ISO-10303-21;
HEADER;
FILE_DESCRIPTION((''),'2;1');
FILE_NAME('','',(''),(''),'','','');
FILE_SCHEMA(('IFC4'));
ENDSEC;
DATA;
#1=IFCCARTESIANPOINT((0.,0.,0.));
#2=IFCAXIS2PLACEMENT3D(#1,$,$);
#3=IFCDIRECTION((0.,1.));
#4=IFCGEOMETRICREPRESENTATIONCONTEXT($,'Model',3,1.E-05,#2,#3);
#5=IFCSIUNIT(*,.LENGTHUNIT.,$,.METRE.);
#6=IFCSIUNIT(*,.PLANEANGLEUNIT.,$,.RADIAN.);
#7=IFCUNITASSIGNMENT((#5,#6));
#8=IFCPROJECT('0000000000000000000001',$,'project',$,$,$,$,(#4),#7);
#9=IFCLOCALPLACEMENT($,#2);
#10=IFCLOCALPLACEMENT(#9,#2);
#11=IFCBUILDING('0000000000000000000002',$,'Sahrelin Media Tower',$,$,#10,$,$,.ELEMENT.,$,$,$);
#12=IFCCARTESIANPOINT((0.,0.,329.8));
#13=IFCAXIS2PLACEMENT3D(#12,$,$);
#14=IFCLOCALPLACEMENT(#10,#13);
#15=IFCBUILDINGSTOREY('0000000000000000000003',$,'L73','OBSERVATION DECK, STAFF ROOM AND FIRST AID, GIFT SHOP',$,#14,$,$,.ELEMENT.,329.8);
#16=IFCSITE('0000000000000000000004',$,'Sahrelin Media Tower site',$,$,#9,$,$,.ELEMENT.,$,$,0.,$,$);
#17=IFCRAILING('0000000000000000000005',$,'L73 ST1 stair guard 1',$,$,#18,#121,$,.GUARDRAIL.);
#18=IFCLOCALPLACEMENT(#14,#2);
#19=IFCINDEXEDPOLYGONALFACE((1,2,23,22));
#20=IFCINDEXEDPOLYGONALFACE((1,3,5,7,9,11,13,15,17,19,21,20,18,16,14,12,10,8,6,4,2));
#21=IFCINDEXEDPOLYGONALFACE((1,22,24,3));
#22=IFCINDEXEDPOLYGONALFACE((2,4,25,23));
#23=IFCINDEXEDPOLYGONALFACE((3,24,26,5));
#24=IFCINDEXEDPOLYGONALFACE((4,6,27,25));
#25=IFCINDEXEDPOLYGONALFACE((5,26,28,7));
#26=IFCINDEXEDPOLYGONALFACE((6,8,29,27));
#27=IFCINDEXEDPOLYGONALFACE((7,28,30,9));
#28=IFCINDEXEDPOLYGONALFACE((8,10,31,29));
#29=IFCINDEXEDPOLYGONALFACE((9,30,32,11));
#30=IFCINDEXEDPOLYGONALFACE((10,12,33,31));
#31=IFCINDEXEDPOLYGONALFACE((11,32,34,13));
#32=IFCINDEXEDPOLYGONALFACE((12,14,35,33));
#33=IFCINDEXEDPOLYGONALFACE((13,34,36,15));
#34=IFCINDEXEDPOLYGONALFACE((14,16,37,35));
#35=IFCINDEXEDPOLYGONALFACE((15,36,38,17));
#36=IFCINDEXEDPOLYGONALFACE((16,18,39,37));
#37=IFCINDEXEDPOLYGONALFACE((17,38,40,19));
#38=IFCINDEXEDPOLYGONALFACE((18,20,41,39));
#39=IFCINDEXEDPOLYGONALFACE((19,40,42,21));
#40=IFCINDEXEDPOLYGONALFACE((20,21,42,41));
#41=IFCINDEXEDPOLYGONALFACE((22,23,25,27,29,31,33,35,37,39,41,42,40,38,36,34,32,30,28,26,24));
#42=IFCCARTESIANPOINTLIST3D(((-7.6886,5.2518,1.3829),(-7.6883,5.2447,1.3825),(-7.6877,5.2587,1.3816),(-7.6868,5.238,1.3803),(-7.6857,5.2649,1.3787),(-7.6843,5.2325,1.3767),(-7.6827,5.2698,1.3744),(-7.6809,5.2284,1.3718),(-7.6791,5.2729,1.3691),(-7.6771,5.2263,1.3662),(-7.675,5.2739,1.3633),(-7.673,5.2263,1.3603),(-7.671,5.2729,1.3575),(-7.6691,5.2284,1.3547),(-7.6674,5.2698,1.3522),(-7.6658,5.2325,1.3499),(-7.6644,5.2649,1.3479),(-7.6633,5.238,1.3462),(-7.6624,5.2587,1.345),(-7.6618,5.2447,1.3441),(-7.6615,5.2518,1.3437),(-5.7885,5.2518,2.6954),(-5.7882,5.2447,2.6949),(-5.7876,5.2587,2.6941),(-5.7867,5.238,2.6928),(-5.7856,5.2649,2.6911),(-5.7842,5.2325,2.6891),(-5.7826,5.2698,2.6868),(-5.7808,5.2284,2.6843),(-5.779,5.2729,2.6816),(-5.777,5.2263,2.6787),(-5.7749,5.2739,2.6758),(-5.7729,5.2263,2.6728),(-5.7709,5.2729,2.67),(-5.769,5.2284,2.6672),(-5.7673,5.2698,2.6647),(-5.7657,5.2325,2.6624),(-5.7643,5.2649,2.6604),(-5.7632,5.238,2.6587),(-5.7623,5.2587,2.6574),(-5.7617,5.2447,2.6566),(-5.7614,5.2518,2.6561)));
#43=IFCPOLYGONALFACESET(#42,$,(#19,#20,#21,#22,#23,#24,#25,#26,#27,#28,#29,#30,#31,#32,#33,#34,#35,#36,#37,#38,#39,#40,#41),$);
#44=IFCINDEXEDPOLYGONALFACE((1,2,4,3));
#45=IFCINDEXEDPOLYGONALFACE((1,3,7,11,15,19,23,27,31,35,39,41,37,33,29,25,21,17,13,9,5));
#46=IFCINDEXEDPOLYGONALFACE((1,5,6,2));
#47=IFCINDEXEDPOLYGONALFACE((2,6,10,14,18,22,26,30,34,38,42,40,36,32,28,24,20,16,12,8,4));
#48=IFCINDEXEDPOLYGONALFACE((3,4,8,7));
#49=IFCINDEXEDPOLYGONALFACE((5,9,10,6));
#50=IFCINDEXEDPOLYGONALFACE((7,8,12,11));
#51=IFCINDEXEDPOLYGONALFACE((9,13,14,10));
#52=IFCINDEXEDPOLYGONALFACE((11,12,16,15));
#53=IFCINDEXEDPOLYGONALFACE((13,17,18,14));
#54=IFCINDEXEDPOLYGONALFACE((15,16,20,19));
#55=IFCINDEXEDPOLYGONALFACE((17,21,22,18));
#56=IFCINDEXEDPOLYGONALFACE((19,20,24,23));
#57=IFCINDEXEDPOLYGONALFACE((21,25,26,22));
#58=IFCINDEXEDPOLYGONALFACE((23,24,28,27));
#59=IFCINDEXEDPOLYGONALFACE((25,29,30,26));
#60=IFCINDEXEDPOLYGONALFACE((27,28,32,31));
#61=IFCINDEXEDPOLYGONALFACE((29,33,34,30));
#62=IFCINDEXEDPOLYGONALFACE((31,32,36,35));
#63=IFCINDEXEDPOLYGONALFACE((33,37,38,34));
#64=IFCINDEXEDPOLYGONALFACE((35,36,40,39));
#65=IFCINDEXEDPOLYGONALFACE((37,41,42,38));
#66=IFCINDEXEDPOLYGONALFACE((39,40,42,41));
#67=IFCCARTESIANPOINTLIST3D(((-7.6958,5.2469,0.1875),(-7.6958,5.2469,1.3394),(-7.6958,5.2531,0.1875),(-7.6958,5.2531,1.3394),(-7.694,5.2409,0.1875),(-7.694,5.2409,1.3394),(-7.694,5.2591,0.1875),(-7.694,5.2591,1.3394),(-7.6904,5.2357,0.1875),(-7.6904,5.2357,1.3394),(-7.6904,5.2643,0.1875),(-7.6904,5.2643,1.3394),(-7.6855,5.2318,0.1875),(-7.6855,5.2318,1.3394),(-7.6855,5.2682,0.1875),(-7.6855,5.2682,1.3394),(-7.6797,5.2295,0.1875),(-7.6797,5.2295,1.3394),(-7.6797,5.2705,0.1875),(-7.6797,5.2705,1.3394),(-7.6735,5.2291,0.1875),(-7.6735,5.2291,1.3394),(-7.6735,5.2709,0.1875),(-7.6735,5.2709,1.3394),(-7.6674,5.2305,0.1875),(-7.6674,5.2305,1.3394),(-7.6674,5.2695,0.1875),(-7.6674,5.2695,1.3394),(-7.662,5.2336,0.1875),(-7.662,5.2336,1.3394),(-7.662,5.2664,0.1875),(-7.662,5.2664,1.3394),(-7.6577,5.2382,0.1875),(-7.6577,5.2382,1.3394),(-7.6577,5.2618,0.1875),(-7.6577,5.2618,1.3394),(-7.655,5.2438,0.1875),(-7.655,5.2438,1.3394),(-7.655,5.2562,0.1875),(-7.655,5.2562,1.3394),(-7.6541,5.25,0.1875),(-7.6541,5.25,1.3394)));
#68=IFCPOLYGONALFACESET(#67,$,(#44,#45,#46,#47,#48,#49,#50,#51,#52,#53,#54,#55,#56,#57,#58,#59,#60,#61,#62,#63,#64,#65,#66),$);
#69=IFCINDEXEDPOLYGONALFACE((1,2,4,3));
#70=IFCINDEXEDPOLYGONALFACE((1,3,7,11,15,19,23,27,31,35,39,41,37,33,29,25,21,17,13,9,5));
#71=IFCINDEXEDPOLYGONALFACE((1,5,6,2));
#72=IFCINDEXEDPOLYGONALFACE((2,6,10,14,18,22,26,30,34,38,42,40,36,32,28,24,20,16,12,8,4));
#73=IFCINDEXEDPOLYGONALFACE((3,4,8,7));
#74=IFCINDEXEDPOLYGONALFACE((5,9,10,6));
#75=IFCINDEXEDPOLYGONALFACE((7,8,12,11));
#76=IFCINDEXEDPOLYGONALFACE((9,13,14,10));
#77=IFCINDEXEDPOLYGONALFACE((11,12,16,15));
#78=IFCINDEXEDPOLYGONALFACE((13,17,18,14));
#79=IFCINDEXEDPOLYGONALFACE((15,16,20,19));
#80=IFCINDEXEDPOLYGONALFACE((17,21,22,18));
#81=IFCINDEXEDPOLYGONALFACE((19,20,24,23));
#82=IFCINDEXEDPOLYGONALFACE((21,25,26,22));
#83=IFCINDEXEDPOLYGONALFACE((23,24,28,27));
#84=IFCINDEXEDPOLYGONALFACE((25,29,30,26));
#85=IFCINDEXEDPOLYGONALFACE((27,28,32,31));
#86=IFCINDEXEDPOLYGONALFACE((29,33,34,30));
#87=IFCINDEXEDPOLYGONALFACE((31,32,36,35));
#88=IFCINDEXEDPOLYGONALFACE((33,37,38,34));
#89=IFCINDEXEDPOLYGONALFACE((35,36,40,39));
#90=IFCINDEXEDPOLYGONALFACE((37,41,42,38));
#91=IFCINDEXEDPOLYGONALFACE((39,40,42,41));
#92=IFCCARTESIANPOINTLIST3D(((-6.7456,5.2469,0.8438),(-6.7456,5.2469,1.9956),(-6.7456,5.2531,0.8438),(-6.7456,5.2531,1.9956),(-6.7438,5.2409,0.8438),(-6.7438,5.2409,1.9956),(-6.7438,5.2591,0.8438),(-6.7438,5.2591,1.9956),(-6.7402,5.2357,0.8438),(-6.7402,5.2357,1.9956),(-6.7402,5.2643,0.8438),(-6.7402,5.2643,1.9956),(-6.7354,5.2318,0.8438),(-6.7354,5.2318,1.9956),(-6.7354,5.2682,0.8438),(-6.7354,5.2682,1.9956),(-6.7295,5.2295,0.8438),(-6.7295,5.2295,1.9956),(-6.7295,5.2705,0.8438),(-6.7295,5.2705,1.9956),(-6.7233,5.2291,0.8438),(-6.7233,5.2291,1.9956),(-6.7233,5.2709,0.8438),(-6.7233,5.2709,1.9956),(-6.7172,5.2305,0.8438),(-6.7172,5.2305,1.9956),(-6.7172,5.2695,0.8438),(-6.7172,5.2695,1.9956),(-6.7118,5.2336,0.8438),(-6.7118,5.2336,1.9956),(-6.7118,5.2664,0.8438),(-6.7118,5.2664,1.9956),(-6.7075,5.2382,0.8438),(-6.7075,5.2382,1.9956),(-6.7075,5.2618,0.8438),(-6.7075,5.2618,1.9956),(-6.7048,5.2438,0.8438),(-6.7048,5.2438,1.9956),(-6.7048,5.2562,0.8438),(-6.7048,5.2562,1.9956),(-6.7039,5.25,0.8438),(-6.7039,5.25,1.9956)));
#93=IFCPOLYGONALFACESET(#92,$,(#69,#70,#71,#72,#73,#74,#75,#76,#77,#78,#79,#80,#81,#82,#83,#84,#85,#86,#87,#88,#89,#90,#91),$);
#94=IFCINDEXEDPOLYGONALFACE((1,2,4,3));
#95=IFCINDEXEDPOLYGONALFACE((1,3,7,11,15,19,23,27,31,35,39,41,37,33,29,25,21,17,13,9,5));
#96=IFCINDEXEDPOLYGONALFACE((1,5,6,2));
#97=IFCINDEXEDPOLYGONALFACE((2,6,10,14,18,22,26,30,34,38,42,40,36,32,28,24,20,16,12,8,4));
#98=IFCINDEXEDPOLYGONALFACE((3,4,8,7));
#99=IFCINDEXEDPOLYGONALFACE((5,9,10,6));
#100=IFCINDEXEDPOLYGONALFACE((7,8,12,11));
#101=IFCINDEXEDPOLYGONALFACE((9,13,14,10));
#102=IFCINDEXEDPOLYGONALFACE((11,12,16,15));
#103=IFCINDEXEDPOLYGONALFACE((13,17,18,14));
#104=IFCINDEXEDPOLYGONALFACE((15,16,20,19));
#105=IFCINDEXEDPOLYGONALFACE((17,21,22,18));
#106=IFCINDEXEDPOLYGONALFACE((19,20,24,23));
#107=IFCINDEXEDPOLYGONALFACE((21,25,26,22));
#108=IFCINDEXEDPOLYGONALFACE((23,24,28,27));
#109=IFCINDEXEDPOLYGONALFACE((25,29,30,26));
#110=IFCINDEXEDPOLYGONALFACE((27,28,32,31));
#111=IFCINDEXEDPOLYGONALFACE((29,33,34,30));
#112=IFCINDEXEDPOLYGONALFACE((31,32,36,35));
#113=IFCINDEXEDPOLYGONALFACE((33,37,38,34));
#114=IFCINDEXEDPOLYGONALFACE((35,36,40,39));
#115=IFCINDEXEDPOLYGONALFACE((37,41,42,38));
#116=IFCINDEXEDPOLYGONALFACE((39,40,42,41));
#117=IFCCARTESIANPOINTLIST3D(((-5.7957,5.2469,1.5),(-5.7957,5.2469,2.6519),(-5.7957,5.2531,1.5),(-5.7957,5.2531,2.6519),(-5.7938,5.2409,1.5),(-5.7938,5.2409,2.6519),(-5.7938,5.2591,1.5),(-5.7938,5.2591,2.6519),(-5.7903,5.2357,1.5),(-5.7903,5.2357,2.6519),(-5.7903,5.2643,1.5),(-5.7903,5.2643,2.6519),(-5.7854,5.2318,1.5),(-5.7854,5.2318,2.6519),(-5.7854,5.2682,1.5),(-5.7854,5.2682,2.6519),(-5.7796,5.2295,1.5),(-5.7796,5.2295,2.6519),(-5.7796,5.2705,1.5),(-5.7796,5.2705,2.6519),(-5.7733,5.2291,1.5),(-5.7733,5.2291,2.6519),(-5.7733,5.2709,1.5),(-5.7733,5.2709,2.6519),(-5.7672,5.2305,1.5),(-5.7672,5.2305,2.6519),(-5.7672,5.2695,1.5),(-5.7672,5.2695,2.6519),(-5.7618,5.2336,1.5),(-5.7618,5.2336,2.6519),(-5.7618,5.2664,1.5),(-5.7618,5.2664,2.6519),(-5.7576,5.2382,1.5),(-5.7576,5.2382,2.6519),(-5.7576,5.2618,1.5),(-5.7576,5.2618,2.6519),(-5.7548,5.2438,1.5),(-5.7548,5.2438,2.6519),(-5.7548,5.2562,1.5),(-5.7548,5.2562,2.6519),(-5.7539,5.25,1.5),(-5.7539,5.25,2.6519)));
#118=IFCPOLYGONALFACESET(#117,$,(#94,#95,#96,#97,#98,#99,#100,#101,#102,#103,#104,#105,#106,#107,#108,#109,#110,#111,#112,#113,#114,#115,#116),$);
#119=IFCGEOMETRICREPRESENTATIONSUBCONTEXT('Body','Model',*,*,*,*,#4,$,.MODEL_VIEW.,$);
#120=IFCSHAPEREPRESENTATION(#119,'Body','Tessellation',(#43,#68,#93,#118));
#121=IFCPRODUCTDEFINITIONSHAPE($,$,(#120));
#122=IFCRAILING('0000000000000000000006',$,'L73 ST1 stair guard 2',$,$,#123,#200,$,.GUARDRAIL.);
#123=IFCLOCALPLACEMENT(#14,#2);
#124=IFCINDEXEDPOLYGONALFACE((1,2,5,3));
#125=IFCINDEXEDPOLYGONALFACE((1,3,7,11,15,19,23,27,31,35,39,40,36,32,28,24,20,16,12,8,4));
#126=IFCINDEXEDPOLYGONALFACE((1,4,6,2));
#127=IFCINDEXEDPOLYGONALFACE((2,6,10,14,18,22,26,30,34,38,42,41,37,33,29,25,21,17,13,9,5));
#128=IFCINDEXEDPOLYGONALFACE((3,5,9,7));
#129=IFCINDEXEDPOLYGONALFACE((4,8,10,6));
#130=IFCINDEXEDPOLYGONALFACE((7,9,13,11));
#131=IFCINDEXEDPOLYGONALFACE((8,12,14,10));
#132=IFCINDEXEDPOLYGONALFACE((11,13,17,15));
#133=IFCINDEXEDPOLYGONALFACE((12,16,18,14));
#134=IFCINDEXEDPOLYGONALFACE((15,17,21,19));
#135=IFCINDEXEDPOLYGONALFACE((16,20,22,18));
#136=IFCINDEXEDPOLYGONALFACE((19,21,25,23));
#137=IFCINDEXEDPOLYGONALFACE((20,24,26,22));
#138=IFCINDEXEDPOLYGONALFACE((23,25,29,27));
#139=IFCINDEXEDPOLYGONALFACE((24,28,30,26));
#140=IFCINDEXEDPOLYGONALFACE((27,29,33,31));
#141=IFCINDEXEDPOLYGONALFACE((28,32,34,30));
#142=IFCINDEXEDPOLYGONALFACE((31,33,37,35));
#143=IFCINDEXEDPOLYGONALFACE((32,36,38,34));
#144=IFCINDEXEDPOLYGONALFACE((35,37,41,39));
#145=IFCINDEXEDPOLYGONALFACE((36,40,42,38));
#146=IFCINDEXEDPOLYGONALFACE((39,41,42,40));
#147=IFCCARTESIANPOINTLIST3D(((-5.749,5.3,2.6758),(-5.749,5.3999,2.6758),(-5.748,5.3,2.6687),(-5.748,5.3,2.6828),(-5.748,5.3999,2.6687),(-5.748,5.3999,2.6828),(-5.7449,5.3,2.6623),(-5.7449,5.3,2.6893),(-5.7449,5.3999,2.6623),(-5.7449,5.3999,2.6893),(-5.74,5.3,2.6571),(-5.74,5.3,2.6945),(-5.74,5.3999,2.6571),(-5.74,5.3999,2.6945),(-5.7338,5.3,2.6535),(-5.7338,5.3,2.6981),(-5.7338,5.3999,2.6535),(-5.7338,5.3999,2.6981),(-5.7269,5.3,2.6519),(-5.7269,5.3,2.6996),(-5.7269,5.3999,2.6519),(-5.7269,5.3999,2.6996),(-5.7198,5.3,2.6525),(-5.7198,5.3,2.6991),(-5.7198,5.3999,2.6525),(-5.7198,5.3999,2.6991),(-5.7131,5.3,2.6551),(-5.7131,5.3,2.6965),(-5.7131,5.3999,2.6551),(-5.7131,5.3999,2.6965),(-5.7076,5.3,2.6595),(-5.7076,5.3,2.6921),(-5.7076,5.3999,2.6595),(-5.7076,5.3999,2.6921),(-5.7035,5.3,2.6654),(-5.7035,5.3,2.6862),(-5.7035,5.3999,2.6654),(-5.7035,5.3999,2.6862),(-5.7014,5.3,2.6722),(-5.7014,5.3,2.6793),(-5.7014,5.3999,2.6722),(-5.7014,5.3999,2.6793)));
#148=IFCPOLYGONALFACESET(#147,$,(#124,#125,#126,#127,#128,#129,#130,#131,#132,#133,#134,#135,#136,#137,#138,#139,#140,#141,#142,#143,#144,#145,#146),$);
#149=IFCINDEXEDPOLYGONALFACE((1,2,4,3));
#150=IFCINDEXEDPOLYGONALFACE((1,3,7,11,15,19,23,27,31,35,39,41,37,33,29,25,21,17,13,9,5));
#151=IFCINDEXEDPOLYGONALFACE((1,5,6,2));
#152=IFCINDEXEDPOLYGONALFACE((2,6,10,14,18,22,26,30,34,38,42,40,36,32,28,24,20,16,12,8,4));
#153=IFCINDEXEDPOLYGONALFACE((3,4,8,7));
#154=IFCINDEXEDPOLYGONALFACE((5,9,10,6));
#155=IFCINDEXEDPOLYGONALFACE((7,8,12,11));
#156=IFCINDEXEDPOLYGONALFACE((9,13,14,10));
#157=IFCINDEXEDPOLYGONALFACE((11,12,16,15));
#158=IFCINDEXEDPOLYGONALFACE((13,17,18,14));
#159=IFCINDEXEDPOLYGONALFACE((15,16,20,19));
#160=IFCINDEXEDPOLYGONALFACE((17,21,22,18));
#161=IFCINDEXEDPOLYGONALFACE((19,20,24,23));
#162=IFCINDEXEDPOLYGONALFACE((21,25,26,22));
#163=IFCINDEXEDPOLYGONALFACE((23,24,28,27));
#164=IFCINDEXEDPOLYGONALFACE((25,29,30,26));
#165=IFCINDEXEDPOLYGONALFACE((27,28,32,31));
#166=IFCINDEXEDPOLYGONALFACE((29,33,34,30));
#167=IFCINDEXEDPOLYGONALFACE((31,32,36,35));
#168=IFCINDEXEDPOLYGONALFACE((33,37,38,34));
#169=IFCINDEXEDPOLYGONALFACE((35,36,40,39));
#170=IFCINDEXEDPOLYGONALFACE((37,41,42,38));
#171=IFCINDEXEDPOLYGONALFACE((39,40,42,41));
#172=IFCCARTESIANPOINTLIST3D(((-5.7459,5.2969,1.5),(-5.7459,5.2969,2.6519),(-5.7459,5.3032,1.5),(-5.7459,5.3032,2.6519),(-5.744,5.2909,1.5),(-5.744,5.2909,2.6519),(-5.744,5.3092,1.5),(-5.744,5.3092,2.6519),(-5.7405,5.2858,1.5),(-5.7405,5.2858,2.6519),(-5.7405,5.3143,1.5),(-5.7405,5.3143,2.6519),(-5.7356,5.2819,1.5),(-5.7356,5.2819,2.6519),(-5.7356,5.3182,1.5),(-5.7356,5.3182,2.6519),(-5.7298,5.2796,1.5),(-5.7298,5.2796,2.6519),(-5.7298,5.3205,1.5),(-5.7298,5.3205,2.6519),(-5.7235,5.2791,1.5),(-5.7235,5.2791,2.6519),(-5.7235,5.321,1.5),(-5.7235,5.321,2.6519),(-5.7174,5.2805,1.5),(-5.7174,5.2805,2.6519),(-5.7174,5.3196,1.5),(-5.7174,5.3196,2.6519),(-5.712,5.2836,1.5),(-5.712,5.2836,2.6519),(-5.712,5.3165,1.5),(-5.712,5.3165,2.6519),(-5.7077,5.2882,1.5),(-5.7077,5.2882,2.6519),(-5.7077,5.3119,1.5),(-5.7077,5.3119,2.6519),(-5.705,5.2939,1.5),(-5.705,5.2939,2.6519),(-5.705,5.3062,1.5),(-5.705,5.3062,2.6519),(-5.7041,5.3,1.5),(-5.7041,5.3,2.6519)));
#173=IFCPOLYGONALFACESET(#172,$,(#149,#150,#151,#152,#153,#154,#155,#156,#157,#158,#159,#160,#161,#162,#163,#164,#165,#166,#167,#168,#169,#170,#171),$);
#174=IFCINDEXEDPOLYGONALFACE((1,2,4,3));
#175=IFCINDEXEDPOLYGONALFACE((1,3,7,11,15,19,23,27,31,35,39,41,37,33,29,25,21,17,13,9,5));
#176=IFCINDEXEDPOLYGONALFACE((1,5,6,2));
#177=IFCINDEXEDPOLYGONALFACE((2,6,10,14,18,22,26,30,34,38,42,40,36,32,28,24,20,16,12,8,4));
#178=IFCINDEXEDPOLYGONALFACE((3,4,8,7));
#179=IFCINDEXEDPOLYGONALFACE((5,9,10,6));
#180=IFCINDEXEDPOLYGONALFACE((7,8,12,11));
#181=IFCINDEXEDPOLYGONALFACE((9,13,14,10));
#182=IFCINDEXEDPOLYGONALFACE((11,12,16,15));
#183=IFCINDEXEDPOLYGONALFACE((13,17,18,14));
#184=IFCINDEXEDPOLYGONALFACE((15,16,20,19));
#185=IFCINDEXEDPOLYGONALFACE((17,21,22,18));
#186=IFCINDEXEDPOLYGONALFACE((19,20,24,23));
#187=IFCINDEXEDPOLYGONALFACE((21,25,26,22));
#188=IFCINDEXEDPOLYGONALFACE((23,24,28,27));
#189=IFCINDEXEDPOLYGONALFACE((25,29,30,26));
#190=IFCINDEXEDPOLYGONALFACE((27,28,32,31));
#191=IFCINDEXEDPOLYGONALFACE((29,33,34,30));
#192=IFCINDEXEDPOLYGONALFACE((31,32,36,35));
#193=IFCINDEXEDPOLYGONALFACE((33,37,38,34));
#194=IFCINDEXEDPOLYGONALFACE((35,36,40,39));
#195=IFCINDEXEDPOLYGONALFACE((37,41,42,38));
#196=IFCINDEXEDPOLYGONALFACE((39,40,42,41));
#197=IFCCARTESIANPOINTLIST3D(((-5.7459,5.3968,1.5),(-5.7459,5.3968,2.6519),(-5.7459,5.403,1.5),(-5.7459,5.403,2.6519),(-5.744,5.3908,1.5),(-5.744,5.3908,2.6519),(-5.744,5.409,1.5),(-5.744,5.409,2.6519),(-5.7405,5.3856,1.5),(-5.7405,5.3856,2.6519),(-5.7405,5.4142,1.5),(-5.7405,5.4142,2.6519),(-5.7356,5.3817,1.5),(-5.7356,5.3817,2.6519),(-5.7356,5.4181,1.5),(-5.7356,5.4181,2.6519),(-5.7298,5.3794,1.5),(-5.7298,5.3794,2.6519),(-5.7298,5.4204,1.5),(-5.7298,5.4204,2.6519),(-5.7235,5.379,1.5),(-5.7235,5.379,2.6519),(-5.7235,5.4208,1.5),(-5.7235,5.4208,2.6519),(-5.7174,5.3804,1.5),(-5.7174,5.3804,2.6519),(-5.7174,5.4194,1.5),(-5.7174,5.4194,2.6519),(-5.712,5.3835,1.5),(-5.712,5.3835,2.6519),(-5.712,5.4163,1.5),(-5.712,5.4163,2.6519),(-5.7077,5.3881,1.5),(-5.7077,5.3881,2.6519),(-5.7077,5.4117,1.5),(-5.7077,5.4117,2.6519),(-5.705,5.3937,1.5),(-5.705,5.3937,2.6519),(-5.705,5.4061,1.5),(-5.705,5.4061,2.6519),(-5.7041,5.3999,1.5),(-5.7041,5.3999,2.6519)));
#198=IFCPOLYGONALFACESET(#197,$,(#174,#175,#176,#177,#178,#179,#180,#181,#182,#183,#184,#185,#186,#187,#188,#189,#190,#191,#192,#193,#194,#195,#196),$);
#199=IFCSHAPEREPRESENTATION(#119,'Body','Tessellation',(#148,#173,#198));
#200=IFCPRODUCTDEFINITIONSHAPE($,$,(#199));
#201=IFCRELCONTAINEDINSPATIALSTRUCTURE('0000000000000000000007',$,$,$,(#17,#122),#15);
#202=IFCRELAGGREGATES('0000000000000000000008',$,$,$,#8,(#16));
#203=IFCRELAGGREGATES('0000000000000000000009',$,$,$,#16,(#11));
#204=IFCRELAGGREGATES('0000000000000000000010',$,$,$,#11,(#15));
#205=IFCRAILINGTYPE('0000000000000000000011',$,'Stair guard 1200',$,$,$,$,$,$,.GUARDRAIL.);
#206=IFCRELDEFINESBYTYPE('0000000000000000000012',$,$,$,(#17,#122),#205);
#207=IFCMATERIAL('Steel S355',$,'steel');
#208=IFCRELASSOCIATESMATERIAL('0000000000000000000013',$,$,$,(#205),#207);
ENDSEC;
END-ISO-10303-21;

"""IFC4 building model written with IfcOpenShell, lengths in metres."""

from ifc_helpers import new_model, si_unit, direction, frame, origin, origin_2d, place, context, subcontext, project, spatial, circle, extrude, material, type_object, element, save


model = new_model("IFC4")

# Units and contexts
model_context = context("Model", 3, precision=1e-05, world=origin(), true_north=direction((0.0, 1.0)))
body_context = subcontext(model_context, "Body", "Model", "MODEL_VIEW")
ifc_project = project(units=[si_unit("LENGTHUNIT", "METRE"), si_unit("PLANEANGLEUNIT", "RADIAN")], contexts=[model_context])

# Site, building, storey
site_placement = place(None, origin())
site = spatial("IfcSite", under=ifc_project, at=site_placement, Name="Sahrelin Media Tower site", CompositionType="ELEMENT", RefElevation=0.0)
building_placement = place(site_placement, origin())
building = spatial("IfcBuilding", under=site, at=building_placement, Name="Sahrelin Media Tower", CompositionType="ELEMENT")
storey_placement = place(building_placement, frame((0.0, 0.0, 329.8)))
storey = spatial("IfcBuildingStorey", under=building, at=storey_placement, Name="L73", Description="OBSERVATION DECK, STAFF ROOM AND FIRST AID, GIFT SHOP", CompositionType="ELEMENT", Elevation=329.8)

# Shared definitions
ifc_material_1 = material(Name="Steel S355", Category="steel")

# Railings
railing_type_1 = type_object("IfcRailingType", Name="Stair guard 1200", PredefinedType="GUARDRAIL", material=ifc_material_1)
railing_1_placement = place(storey_placement, frame((-7.675, 5.25, 0.1875)))
element("IfcRailing", 1, at=railing_1_placement, inside=storey, type_object=railing_type_1, Name="L73 ST1 stair guard 1", PredefinedType="GUARDRAIL", context=body_context, shape_type="SweptSolid", body=[
    extrude(circle(Radius=0.0239, at=origin_2d()), frame((0.0, 0.0, 1.1758), z_axis=(0.822797, 0.0, 0.568336), x_axis=(0.0, 1.0, 0.0)), (0.0, 0.0, 1.0), 2.3093),
    extrude(circle(Radius=0.021, at=origin_2d()), origin(), (0.0, 0.0, 1.0), 1.1519),
    extrude(circle(Radius=0.021, at=origin_2d()), frame((0.9502, 0.0, 0.6562)), (0.0, 0.0, 1.0), 1.1519),
    extrude(circle(Radius=0.021, at=origin_2d()), frame((1.9001, 0.0, 1.3125)), (0.0, 0.0, 1.0), 1.1519),
])
railing_2_placement = place(storey_placement, frame((-5.7251, 5.3, 1.5)))
element("IfcRailing", 2, at=railing_2_placement, inside=storey, type_object=railing_type_1, Name="L73 ST1 stair guard 2", PredefinedType="GUARDRAIL", context=body_context, shape_type="SweptSolid", body=[
    extrude(circle(Radius=0.0239, at=origin_2d()), frame((0.0, 0.0, 1.1758), z_axis=(0.0, 1.0, 0.0), x_axis=(-1.0, 0.0, 0.0)), (0.0, 0.0, 1.0), 0.0999),
    extrude(circle(Radius=0.021, at=origin_2d()), origin(), (0.0, 0.0, 1.0), 1.1519),
    extrude(circle(Radius=0.021, at=origin_2d()), frame((0.0, 0.0999, 0.0)), (0.0, 0.0, 1.0), 1.1519),
])

save(model, "model.ifc")
